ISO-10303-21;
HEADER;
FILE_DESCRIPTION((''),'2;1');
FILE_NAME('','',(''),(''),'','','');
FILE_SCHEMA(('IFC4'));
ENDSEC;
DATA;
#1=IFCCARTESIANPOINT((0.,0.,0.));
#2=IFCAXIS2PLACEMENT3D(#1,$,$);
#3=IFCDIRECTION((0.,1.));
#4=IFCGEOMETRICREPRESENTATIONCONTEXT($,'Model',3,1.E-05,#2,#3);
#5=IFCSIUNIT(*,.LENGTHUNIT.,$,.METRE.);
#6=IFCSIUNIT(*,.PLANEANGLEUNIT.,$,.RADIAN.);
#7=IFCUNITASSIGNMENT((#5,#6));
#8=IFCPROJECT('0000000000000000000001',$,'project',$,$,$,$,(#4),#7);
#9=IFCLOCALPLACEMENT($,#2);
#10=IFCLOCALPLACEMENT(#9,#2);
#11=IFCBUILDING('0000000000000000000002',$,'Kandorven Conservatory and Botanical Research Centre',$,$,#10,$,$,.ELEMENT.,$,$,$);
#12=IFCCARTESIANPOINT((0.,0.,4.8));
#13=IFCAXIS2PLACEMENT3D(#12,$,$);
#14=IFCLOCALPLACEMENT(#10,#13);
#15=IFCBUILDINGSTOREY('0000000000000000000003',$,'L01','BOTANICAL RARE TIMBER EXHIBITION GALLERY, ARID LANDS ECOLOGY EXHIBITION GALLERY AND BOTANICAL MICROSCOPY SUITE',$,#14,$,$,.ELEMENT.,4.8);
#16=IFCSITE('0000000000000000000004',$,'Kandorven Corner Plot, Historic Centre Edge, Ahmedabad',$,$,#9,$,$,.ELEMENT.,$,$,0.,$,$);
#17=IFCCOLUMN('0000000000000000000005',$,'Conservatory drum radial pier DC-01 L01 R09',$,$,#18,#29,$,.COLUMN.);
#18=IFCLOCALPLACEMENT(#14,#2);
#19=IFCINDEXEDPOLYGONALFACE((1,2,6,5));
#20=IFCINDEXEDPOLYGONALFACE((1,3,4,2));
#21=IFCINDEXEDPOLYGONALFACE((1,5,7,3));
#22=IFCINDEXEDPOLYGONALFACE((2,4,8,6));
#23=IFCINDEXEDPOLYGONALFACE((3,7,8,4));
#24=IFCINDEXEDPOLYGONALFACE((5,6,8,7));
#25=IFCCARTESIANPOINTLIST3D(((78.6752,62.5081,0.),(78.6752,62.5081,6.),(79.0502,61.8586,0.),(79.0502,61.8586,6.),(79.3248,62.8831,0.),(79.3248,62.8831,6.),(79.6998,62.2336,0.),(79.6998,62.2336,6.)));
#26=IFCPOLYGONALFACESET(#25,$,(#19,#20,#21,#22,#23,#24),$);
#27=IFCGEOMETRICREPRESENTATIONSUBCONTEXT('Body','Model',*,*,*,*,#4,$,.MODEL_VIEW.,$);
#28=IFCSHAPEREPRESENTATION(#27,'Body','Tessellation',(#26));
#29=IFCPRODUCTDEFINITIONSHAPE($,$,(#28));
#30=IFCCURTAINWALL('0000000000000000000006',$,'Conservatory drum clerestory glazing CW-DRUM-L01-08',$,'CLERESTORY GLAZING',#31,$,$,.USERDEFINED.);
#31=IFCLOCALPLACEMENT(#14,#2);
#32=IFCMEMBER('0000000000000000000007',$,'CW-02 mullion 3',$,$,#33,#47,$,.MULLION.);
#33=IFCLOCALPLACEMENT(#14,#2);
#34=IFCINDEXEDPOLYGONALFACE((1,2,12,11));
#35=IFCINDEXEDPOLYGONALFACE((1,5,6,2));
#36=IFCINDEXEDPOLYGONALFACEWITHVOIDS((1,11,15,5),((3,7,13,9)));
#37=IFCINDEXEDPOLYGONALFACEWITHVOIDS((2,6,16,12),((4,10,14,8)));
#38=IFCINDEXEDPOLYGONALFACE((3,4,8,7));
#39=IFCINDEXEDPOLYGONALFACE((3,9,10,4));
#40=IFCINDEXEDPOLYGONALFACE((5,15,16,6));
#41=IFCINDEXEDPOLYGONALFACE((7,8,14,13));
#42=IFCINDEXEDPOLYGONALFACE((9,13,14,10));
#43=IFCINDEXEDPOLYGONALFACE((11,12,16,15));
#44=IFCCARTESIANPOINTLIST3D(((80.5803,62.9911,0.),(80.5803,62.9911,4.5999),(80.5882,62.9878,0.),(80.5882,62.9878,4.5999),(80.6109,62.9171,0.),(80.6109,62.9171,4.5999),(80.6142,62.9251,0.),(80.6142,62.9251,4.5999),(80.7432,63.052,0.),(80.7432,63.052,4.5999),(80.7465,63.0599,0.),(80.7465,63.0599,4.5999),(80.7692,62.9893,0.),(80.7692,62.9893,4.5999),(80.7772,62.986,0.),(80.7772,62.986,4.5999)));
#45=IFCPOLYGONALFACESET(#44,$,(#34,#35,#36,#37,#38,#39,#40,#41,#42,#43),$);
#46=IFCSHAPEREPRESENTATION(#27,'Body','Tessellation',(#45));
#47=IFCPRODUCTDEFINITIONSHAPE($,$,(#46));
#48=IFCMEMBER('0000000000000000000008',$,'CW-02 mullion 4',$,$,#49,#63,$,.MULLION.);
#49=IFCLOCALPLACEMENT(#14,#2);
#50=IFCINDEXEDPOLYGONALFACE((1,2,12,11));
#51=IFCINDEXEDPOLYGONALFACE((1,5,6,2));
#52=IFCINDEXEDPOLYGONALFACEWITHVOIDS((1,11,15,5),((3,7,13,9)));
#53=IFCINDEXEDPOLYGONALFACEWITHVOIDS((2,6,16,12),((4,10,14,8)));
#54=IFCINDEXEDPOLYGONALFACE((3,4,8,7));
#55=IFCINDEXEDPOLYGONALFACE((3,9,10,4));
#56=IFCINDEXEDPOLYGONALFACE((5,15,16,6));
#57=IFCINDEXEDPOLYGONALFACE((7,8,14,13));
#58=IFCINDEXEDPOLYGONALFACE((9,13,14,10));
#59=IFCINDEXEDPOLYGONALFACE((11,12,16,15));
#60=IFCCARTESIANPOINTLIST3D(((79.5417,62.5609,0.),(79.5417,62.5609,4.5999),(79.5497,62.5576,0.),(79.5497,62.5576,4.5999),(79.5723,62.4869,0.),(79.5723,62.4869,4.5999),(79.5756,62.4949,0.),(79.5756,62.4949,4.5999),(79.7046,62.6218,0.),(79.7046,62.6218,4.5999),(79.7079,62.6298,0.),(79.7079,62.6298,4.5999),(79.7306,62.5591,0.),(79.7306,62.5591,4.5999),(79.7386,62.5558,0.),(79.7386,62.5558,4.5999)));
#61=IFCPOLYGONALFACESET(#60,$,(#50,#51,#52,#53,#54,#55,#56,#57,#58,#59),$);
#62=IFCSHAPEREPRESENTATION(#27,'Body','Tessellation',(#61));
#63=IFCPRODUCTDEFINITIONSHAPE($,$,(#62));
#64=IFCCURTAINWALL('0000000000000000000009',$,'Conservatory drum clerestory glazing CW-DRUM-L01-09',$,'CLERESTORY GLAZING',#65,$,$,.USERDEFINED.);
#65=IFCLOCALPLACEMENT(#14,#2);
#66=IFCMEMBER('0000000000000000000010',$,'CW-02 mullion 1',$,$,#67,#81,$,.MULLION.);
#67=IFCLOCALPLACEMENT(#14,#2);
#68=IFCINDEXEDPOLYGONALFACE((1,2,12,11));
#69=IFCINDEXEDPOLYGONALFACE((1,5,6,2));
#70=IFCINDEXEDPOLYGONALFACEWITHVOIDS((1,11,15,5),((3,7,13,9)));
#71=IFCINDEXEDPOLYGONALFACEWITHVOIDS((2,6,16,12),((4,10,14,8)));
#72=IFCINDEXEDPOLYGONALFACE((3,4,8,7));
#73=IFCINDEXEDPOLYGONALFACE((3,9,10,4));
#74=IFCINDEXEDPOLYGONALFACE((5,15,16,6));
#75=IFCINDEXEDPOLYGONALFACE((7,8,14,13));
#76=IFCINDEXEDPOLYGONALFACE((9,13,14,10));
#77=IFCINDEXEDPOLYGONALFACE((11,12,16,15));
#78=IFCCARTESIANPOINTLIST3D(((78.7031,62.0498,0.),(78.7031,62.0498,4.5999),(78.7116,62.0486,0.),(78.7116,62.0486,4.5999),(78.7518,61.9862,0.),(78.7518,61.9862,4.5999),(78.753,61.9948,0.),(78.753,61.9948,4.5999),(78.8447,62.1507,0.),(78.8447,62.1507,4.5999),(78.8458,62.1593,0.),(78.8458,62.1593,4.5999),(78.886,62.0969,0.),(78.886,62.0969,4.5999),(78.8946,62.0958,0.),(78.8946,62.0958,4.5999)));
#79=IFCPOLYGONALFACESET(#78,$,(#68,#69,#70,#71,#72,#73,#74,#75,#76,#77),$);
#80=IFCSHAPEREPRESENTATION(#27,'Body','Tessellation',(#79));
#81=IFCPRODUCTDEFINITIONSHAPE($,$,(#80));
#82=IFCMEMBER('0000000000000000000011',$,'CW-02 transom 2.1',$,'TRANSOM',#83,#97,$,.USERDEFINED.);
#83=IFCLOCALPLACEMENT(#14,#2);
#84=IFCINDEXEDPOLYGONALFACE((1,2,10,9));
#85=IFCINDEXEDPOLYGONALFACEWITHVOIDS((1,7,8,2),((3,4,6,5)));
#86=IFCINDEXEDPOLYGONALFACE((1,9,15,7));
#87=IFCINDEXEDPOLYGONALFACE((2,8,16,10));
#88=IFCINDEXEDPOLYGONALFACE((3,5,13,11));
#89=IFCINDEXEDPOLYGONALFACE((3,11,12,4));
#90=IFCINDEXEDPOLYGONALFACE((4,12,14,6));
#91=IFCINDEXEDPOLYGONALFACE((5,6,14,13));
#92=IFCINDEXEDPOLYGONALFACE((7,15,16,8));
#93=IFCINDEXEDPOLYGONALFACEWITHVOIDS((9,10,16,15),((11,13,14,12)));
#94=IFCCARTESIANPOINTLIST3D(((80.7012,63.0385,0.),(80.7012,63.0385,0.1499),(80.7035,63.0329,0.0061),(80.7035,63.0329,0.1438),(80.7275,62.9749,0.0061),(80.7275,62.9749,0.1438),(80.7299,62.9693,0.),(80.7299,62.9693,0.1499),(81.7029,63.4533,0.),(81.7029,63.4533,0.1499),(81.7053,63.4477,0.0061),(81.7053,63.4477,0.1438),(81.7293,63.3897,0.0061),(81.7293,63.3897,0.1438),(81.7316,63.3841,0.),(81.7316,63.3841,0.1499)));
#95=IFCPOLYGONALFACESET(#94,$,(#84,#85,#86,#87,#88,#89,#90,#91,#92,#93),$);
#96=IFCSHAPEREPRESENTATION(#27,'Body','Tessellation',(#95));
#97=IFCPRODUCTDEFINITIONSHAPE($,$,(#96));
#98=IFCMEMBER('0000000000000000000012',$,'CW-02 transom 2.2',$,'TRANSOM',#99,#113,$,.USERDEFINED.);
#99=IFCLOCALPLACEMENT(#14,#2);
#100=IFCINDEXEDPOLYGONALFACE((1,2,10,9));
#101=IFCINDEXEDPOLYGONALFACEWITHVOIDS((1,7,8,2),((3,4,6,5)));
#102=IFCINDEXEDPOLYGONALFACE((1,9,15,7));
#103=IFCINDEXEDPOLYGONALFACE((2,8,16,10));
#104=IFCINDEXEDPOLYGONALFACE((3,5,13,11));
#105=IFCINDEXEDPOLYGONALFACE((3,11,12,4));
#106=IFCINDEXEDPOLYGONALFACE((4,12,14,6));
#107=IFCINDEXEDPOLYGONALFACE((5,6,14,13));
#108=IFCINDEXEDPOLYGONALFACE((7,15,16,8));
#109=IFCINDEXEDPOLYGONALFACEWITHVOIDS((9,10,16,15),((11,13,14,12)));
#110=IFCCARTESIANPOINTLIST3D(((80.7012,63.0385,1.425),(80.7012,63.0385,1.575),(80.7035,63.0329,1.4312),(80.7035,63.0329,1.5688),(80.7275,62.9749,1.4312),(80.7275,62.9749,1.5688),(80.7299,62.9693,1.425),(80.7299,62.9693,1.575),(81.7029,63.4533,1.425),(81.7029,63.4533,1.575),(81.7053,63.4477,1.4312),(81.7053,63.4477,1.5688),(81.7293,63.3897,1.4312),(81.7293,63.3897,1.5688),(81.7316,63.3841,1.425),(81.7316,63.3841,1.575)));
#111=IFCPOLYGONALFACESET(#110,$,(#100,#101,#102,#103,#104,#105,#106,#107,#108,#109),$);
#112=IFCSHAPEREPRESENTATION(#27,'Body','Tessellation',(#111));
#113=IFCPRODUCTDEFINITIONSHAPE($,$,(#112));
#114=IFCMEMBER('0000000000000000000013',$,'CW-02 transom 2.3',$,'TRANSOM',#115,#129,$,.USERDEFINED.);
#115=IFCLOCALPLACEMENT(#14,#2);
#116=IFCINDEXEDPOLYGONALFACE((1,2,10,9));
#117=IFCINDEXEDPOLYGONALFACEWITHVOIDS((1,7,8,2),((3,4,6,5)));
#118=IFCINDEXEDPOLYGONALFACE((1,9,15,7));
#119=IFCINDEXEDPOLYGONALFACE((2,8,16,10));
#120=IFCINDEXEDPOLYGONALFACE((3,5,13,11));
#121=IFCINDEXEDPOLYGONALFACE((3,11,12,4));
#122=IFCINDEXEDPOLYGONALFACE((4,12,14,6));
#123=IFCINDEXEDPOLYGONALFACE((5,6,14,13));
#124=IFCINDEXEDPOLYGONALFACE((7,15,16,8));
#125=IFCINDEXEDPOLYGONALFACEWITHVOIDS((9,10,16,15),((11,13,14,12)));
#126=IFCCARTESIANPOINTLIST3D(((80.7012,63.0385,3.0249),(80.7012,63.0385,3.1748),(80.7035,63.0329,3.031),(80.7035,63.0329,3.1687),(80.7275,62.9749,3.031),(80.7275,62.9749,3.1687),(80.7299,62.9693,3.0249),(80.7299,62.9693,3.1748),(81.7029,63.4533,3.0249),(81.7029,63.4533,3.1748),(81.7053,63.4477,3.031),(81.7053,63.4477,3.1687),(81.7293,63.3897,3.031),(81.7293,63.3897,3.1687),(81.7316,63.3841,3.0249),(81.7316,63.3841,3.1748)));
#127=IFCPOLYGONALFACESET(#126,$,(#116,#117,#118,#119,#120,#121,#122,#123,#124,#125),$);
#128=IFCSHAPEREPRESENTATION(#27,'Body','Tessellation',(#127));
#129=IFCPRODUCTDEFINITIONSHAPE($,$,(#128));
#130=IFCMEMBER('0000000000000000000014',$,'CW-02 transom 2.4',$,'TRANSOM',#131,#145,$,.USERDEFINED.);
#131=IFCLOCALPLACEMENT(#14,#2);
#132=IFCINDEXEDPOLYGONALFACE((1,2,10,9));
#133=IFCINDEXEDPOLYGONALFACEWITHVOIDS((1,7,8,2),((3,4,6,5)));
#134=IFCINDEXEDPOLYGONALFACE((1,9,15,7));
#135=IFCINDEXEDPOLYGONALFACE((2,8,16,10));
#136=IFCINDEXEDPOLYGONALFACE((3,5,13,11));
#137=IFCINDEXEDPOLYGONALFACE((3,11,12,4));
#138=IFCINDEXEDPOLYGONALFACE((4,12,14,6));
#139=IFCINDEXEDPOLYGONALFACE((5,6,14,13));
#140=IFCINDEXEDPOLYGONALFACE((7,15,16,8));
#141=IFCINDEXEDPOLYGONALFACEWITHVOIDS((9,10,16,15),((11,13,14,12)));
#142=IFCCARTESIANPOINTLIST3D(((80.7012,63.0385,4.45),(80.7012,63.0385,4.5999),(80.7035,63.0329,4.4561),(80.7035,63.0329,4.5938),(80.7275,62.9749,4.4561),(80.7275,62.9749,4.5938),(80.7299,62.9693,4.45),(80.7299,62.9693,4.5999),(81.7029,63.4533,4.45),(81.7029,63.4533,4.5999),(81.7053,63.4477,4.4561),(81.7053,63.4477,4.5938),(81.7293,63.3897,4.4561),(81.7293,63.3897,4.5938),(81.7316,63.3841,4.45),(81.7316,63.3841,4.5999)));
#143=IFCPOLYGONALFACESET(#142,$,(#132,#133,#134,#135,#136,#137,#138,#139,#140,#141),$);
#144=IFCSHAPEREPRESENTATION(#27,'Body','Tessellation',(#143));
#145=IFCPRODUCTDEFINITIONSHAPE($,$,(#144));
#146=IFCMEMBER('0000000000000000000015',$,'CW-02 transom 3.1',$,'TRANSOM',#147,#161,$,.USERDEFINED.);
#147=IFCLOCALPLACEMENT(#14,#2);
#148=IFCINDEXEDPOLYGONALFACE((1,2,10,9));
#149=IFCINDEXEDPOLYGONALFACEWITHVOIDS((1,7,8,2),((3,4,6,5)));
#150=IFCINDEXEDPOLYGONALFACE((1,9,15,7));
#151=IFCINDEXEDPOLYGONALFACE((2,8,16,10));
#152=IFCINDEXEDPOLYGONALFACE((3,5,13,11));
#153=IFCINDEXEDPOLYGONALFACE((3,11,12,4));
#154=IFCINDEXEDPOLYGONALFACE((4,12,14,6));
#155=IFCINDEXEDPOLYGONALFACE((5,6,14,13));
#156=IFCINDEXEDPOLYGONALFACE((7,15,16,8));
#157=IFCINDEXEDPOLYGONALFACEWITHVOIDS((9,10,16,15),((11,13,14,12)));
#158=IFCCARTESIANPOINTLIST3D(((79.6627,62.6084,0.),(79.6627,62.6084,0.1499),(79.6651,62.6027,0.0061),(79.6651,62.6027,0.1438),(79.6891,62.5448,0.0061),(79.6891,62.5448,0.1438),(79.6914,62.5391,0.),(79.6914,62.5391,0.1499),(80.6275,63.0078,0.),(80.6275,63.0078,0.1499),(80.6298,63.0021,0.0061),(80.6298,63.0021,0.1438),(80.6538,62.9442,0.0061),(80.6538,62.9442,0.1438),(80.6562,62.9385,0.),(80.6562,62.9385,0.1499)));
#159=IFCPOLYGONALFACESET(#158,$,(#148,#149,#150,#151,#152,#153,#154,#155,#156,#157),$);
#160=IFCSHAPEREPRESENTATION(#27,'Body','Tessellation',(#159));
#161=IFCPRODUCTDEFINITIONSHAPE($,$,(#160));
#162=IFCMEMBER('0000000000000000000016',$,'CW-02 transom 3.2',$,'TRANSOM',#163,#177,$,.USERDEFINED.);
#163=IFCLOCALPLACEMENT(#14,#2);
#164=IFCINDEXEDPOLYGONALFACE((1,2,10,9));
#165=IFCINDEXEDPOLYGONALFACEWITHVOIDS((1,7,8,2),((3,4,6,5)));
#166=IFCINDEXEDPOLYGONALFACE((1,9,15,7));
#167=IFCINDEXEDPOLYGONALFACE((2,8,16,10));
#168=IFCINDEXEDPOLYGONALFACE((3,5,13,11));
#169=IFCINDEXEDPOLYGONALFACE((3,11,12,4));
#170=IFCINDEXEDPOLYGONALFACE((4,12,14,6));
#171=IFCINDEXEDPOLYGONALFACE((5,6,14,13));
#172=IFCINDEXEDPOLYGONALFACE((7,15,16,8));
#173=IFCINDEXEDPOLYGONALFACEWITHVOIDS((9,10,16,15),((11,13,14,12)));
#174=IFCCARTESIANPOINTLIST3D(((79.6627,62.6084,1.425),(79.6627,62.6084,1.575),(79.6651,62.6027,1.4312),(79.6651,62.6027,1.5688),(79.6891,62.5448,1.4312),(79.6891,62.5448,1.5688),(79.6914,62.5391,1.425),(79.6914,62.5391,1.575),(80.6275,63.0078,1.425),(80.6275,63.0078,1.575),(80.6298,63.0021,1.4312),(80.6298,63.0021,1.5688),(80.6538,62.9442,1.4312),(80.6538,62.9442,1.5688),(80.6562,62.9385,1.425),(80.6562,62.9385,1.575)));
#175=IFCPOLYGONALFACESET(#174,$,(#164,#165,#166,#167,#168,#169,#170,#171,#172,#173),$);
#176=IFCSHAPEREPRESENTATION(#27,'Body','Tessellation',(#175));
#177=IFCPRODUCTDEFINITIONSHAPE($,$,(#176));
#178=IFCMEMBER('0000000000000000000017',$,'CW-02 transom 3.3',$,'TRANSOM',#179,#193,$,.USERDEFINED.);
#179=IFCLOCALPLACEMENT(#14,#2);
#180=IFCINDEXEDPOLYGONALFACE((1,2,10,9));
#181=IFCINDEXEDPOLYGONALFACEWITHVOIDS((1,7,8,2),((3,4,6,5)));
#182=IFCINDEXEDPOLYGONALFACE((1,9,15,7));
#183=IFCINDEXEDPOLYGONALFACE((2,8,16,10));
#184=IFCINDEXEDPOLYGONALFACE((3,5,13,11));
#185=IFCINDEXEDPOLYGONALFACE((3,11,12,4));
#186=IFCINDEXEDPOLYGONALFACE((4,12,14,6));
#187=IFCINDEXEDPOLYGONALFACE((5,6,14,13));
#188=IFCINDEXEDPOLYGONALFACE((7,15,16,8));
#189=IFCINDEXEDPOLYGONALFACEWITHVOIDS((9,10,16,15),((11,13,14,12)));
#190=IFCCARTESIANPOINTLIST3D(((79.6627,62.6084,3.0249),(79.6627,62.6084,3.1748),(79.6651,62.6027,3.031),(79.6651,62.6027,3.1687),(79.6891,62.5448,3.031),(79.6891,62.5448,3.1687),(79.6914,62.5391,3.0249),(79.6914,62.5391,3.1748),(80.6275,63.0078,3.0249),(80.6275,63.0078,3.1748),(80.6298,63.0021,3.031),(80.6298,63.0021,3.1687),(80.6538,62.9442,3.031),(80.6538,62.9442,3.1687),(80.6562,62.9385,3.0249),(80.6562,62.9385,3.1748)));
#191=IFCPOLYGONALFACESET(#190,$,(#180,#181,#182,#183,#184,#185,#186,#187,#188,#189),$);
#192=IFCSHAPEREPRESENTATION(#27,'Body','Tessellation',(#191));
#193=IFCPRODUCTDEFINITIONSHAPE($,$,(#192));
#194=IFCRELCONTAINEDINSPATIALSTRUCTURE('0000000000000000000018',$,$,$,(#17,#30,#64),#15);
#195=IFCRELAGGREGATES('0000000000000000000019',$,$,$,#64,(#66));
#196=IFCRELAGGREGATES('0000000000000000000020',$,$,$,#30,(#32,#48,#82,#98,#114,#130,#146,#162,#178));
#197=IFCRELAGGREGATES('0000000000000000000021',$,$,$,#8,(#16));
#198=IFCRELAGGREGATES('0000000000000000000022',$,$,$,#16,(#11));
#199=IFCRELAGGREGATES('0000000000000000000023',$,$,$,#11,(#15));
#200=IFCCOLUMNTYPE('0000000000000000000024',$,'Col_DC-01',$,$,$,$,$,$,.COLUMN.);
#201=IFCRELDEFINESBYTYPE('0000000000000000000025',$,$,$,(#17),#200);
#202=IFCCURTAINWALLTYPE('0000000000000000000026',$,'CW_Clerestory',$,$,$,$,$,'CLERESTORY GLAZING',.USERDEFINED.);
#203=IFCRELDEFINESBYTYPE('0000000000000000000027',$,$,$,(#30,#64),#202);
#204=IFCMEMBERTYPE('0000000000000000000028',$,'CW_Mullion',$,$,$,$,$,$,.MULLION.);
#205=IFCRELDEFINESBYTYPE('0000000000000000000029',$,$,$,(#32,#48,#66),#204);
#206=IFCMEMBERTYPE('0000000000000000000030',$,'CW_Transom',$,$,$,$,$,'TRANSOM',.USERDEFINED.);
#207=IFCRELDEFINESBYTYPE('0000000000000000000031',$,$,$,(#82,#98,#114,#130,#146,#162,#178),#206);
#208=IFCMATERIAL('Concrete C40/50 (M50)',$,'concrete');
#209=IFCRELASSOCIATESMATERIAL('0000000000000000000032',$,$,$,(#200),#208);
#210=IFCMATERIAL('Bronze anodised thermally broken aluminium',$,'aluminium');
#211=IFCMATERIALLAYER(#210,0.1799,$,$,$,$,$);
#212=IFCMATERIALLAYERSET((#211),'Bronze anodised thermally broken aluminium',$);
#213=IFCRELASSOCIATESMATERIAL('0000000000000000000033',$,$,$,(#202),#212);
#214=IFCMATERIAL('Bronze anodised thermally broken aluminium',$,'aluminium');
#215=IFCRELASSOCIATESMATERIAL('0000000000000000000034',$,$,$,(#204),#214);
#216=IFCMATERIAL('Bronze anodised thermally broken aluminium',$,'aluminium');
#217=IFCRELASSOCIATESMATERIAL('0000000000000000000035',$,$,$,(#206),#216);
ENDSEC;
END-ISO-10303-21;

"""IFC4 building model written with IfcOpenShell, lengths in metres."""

from ifc_helpers import new_model, si_unit, direction, frame, origin, origin_2d, place, context, subcontext, project, spatial, rectangle, hollow_rectangle, extrude, material, layer, layer_set, material_profile, profile_set, type_object, element, aggregate, save


model = new_model("IFC4")

# Units and contexts
model_context = context("Model", 3, precision=1e-05, world=origin(), true_north=direction((0.0, 1.0)))
body_context = subcontext(model_context, "Body", "Model", "MODEL_VIEW")
ifc_project = project(units=[si_unit("LENGTHUNIT", "METRE"), si_unit("PLANEANGLEUNIT", "RADIAN")], contexts=[model_context])

# Site, building, storey
site_placement = place(None, origin())
site = spatial("IfcSite", under=ifc_project, at=site_placement, Name="Kandorven Corner Plot, Historic Centre Edge, Ahmedabad", CompositionType="ELEMENT", RefElevation=0.0)
building_placement = place(site_placement, origin())
building = spatial("IfcBuilding", under=site, at=building_placement, Name="Kandorven Conservatory and Botanical Research Centre", CompositionType="ELEMENT")
storey_placement = place(building_placement, frame((0.0, 0.0, 4.8)))
storey = spatial("IfcBuildingStorey", under=building, at=storey_placement, Name="L01", Description="BOTANICAL RARE TIMBER EXHIBITION GALLERY, ARID LANDS ECOLOGY EXHIBITION GALLERY AND BOTANICAL MICROSCOPY SUITE", CompositionType="ELEMENT", Elevation=4.8)

# Column
ifc_material_1 = material(Name="Concrete C40/50 (M50)", Category="concrete")
ifc_material_profile_1 = material_profile(ifc_material_1, rectangle(XDim=0.75, YDim=0.75, at=origin_2d()))
ifc_profile_set_1 = profile_set([ifc_material_profile_1], Name="Concrete C40/50 (M50)")
column_type = type_object("IfcColumnType", Name="Col_DC-01", PredefinedType="COLUMN", material=ifc_profile_set_1)
column_placement = place(storey_placement, frame((79.1875, 62.3708, 0.0), z_axis=(0.0, 0.0, 1.0), x_axis=(-0.5, 0.866025, 0.0)))
element("IfcColumn", 1, at=column_placement, inside=storey, type_object=column_type, Name="Conservatory drum radial pier DC-01 L01 R09", PredefinedType="COLUMN", context=body_context, shape_type="SweptSolid", body=[
    extrude(rectangle(XDim=0.75, YDim=0.75, at=origin_2d()), origin(), (0.0, 0.0, 1.0), 6.0),
])

# Curtain wall, members
ifc_material_2 = material(Name="Bronze anodised thermally broken aluminium", Category="aluminium")
ifc_layer_1 = layer(ifc_material_2, 0.1799)
ifc_layer_set_1 = layer_set([ifc_layer_1], Name="Bronze anodised thermally broken aluminium")
curtain_wall_type = type_object("IfcCurtainWallType", Name="CW_Clerestory", ElementType="CLERESTORY GLAZING", PredefinedType="USERDEFINED", material=ifc_layer_set_1)
curtain_wall_1_placement = place(storey_placement, origin())
curtain_wall_1 = element("IfcCurtainWall", 2, at=curtain_wall_1_placement, inside=storey, type_object=curtain_wall_type, Name="Conservatory drum clerestory glazing CW-DRUM-L01-08", ObjectType="CLERESTORY GLAZING", PredefinedType="USERDEFINED")
ifc_material_3 = material(Name="Bronze anodised thermally broken aluminium", Category="aluminium")
ifc_material_profile_2 = material_profile(ifc_material_3, hollow_rectangle(XDim=0.0801, YDim=0.1799, WallThickness=0.0061, at=origin_2d()))
ifc_profile_set_2 = profile_set([ifc_material_profile_2], Name="Bronze anodised thermally broken aluminium")
member_type_1 = type_object("IfcMemberType", Name="CW_Mullion", PredefinedType="MULLION", material=ifc_profile_set_2)
member_1_placement = place(storey_placement, frame((80.6787, 62.9885, 0.0), z_axis=(0.0, 0.0, 1.0), x_axis=(0.382669, -0.923886, 0.0)))
member_1 = element("IfcMember", 3, at=member_1_placement, type_object=member_type_1, Name="CW-02 mullion 3", PredefinedType="MULLION", context=body_context, shape_type="SweptSolid", body=[
    extrude(hollow_rectangle(XDim=0.0801, YDim=0.1799, WallThickness=0.0061, at=origin_2d()), origin(), (0.0, 0.0, 1.0), 4.5999),
])
member_2_placement = place(storey_placement, frame((79.6401, 62.5583, 0.0), z_axis=(0.0, 0.0, 1.0), x_axis=(0.382669, -0.923886, 0.0)))
member_2 = element("IfcMember", 4, at=member_2_placement, type_object=member_type_1, Name="CW-02 mullion 4", PredefinedType="MULLION", context=body_context, shape_type="SweptSolid", body=[
    extrude(hollow_rectangle(XDim=0.0801, YDim=0.1799, WallThickness=0.0061, at=origin_2d()), origin(), (0.0, 0.0, 1.0), 4.5999),
])

# Curtain wall, member
curtain_wall_2_placement = place(storey_placement, origin())
curtain_wall_2 = element("IfcCurtainWall", 5, at=curtain_wall_2_placement, inside=storey, type_object=curtain_wall_type, Name="Conservatory drum clerestory glazing CW-DRUM-L01-09", ObjectType="CLERESTORY GLAZING", PredefinedType="USERDEFINED")
member_3_placement = place(storey_placement, frame((78.7988, 62.0728, 0.0), z_axis=(0.0, 0.0, 1.0), x_axis=(0.608769, -0.793347, 0.0)))
member_3 = element("IfcMember", 6, at=member_3_placement, type_object=member_type_1, Name="CW-02 mullion 1", PredefinedType="MULLION", context=body_context, shape_type="SweptSolid", body=[
    extrude(hollow_rectangle(XDim=0.0801, YDim=0.1799, WallThickness=0.0061, at=origin_2d()), origin(), (0.0, 0.0, 1.0), 4.5999),
])

# Members
ifc_material_4 = material(Name="Bronze anodised thermally broken aluminium", Category="aluminium")
ifc_material_profile_3 = material_profile(ifc_material_4, hollow_rectangle(XDim=0.075, YDim=0.1499, WallThickness=0.0061, at=origin_2d()))
ifc_profile_set_3 = profile_set([ifc_material_profile_3], Name="Bronze anodised thermally broken aluminium")
member_type_2 = type_object("IfcMemberType", Name="CW_Transom", ElementType="TRANSOM", PredefinedType="USERDEFINED", material=ifc_profile_set_3)
member_4_placement = place(storey_placement, frame((81.7173, 63.4187, 0.075), z_axis=(-0.923921, -0.382584, 0.0), x_axis=(0.382584, -0.923921, 0.0)))
member_4 = element("IfcMember", 7, at=member_4_placement, type_object=member_type_2, Name="CW-02 transom 2.1", ObjectType="TRANSOM", PredefinedType="USERDEFINED", context=body_context, shape_type="SweptSolid", body=[
    extrude(hollow_rectangle(XDim=0.075, YDim=0.1499, WallThickness=0.0061, at=origin_2d()), origin(), (0.0, 0.0, 1.0), 1.0842),
])
member_5_placement = place(storey_placement, frame((81.7173, 63.4187, 1.5), z_axis=(-0.923921, -0.382584, 0.0), x_axis=(0.382584, -0.923921, 0.0)))
member_5 = element("IfcMember", 8, at=member_5_placement, type_object=member_type_2, Name="CW-02 transom 2.2", ObjectType="TRANSOM", PredefinedType="USERDEFINED", context=body_context, shape_type="SweptSolid", body=[
    extrude(hollow_rectangle(XDim=0.075, YDim=0.1499, WallThickness=0.0061, at=origin_2d()), origin(), (0.0, 0.0, 1.0), 1.0842),
])
member_6_placement = place(storey_placement, frame((81.7173, 63.4187, 3.0999), z_axis=(-0.923921, -0.382584, 0.0), x_axis=(0.382584, -0.923921, 0.0)))
member_6 = element("IfcMember", 9, at=member_6_placement, type_object=member_type_2, Name="CW-02 transom 2.3", ObjectType="TRANSOM", PredefinedType="USERDEFINED", context=body_context, shape_type="SweptSolid", body=[
    extrude(hollow_rectangle(XDim=0.075, YDim=0.1499, WallThickness=0.0061, at=origin_2d()), origin(), (0.0, 0.0, 1.0), 1.0842),
])
member_7_placement = place(storey_placement, frame((81.7173, 63.4187, 4.5249), z_axis=(-0.923921, -0.382584, 0.0), x_axis=(0.382584, -0.923921, 0.0)))
member_7 = element("IfcMember", 10, at=member_7_placement, type_object=member_type_2, Name="CW-02 transom 2.4", ObjectType="TRANSOM", PredefinedType="USERDEFINED", context=body_context, shape_type="SweptSolid", body=[
    extrude(hollow_rectangle(XDim=0.075, YDim=0.1499, WallThickness=0.0061, at=origin_2d()), origin(), (0.0, 0.0, 1.0), 1.0842),
])
member_8_placement = place(storey_placement, frame((80.6418, 62.9731, 0.075), z_axis=(-0.92396, -0.382489, 0.0), x_axis=(0.382489, -0.92396, 0.0)))
member_8 = element("IfcMember", 11, at=member_8_placement, type_object=member_type_2, Name="CW-02 transom 3.1", ObjectType="TRANSOM", PredefinedType="USERDEFINED", context=body_context, shape_type="SweptSolid", body=[
    extrude(hollow_rectangle(XDim=0.075, YDim=0.1499, WallThickness=0.0061, at=origin_2d()), origin(), (0.0, 0.0, 1.0), 1.0442),
])
member_9_placement = place(storey_placement, frame((80.6418, 62.9731, 1.5), z_axis=(-0.92396, -0.382489, 0.0), x_axis=(0.382489, -0.92396, 0.0)))
member_9 = element("IfcMember", 12, at=member_9_placement, type_object=member_type_2, Name="CW-02 transom 3.2", ObjectType="TRANSOM", PredefinedType="USERDEFINED", context=body_context, shape_type="SweptSolid", body=[
    extrude(hollow_rectangle(XDim=0.075, YDim=0.1499, WallThickness=0.0061, at=origin_2d()), origin(), (0.0, 0.0, 1.0), 1.0442),
])
member_10_placement = place(storey_placement, frame((80.6418, 62.9731, 3.0999), z_axis=(-0.92396, -0.382489, 0.0), x_axis=(0.382489, -0.92396, 0.0)))
member_10 = element("IfcMember", 13, at=member_10_placement, type_object=member_type_2, Name="CW-02 transom 3.3", ObjectType="TRANSOM", PredefinedType="USERDEFINED", context=body_context, shape_type="SweptSolid", body=[
    extrude(hollow_rectangle(XDim=0.075, YDim=0.1499, WallThickness=0.0061, at=origin_2d()), origin(), (0.0, 0.0, 1.0), 1.0442),
])
aggregate(curtain_wall_2, [member_3])

aggregate(curtain_wall_1, [member_1, member_2, member_4, member_5, member_6, member_7, member_8, member_9, member_10])

save(model, "model.ifc")
